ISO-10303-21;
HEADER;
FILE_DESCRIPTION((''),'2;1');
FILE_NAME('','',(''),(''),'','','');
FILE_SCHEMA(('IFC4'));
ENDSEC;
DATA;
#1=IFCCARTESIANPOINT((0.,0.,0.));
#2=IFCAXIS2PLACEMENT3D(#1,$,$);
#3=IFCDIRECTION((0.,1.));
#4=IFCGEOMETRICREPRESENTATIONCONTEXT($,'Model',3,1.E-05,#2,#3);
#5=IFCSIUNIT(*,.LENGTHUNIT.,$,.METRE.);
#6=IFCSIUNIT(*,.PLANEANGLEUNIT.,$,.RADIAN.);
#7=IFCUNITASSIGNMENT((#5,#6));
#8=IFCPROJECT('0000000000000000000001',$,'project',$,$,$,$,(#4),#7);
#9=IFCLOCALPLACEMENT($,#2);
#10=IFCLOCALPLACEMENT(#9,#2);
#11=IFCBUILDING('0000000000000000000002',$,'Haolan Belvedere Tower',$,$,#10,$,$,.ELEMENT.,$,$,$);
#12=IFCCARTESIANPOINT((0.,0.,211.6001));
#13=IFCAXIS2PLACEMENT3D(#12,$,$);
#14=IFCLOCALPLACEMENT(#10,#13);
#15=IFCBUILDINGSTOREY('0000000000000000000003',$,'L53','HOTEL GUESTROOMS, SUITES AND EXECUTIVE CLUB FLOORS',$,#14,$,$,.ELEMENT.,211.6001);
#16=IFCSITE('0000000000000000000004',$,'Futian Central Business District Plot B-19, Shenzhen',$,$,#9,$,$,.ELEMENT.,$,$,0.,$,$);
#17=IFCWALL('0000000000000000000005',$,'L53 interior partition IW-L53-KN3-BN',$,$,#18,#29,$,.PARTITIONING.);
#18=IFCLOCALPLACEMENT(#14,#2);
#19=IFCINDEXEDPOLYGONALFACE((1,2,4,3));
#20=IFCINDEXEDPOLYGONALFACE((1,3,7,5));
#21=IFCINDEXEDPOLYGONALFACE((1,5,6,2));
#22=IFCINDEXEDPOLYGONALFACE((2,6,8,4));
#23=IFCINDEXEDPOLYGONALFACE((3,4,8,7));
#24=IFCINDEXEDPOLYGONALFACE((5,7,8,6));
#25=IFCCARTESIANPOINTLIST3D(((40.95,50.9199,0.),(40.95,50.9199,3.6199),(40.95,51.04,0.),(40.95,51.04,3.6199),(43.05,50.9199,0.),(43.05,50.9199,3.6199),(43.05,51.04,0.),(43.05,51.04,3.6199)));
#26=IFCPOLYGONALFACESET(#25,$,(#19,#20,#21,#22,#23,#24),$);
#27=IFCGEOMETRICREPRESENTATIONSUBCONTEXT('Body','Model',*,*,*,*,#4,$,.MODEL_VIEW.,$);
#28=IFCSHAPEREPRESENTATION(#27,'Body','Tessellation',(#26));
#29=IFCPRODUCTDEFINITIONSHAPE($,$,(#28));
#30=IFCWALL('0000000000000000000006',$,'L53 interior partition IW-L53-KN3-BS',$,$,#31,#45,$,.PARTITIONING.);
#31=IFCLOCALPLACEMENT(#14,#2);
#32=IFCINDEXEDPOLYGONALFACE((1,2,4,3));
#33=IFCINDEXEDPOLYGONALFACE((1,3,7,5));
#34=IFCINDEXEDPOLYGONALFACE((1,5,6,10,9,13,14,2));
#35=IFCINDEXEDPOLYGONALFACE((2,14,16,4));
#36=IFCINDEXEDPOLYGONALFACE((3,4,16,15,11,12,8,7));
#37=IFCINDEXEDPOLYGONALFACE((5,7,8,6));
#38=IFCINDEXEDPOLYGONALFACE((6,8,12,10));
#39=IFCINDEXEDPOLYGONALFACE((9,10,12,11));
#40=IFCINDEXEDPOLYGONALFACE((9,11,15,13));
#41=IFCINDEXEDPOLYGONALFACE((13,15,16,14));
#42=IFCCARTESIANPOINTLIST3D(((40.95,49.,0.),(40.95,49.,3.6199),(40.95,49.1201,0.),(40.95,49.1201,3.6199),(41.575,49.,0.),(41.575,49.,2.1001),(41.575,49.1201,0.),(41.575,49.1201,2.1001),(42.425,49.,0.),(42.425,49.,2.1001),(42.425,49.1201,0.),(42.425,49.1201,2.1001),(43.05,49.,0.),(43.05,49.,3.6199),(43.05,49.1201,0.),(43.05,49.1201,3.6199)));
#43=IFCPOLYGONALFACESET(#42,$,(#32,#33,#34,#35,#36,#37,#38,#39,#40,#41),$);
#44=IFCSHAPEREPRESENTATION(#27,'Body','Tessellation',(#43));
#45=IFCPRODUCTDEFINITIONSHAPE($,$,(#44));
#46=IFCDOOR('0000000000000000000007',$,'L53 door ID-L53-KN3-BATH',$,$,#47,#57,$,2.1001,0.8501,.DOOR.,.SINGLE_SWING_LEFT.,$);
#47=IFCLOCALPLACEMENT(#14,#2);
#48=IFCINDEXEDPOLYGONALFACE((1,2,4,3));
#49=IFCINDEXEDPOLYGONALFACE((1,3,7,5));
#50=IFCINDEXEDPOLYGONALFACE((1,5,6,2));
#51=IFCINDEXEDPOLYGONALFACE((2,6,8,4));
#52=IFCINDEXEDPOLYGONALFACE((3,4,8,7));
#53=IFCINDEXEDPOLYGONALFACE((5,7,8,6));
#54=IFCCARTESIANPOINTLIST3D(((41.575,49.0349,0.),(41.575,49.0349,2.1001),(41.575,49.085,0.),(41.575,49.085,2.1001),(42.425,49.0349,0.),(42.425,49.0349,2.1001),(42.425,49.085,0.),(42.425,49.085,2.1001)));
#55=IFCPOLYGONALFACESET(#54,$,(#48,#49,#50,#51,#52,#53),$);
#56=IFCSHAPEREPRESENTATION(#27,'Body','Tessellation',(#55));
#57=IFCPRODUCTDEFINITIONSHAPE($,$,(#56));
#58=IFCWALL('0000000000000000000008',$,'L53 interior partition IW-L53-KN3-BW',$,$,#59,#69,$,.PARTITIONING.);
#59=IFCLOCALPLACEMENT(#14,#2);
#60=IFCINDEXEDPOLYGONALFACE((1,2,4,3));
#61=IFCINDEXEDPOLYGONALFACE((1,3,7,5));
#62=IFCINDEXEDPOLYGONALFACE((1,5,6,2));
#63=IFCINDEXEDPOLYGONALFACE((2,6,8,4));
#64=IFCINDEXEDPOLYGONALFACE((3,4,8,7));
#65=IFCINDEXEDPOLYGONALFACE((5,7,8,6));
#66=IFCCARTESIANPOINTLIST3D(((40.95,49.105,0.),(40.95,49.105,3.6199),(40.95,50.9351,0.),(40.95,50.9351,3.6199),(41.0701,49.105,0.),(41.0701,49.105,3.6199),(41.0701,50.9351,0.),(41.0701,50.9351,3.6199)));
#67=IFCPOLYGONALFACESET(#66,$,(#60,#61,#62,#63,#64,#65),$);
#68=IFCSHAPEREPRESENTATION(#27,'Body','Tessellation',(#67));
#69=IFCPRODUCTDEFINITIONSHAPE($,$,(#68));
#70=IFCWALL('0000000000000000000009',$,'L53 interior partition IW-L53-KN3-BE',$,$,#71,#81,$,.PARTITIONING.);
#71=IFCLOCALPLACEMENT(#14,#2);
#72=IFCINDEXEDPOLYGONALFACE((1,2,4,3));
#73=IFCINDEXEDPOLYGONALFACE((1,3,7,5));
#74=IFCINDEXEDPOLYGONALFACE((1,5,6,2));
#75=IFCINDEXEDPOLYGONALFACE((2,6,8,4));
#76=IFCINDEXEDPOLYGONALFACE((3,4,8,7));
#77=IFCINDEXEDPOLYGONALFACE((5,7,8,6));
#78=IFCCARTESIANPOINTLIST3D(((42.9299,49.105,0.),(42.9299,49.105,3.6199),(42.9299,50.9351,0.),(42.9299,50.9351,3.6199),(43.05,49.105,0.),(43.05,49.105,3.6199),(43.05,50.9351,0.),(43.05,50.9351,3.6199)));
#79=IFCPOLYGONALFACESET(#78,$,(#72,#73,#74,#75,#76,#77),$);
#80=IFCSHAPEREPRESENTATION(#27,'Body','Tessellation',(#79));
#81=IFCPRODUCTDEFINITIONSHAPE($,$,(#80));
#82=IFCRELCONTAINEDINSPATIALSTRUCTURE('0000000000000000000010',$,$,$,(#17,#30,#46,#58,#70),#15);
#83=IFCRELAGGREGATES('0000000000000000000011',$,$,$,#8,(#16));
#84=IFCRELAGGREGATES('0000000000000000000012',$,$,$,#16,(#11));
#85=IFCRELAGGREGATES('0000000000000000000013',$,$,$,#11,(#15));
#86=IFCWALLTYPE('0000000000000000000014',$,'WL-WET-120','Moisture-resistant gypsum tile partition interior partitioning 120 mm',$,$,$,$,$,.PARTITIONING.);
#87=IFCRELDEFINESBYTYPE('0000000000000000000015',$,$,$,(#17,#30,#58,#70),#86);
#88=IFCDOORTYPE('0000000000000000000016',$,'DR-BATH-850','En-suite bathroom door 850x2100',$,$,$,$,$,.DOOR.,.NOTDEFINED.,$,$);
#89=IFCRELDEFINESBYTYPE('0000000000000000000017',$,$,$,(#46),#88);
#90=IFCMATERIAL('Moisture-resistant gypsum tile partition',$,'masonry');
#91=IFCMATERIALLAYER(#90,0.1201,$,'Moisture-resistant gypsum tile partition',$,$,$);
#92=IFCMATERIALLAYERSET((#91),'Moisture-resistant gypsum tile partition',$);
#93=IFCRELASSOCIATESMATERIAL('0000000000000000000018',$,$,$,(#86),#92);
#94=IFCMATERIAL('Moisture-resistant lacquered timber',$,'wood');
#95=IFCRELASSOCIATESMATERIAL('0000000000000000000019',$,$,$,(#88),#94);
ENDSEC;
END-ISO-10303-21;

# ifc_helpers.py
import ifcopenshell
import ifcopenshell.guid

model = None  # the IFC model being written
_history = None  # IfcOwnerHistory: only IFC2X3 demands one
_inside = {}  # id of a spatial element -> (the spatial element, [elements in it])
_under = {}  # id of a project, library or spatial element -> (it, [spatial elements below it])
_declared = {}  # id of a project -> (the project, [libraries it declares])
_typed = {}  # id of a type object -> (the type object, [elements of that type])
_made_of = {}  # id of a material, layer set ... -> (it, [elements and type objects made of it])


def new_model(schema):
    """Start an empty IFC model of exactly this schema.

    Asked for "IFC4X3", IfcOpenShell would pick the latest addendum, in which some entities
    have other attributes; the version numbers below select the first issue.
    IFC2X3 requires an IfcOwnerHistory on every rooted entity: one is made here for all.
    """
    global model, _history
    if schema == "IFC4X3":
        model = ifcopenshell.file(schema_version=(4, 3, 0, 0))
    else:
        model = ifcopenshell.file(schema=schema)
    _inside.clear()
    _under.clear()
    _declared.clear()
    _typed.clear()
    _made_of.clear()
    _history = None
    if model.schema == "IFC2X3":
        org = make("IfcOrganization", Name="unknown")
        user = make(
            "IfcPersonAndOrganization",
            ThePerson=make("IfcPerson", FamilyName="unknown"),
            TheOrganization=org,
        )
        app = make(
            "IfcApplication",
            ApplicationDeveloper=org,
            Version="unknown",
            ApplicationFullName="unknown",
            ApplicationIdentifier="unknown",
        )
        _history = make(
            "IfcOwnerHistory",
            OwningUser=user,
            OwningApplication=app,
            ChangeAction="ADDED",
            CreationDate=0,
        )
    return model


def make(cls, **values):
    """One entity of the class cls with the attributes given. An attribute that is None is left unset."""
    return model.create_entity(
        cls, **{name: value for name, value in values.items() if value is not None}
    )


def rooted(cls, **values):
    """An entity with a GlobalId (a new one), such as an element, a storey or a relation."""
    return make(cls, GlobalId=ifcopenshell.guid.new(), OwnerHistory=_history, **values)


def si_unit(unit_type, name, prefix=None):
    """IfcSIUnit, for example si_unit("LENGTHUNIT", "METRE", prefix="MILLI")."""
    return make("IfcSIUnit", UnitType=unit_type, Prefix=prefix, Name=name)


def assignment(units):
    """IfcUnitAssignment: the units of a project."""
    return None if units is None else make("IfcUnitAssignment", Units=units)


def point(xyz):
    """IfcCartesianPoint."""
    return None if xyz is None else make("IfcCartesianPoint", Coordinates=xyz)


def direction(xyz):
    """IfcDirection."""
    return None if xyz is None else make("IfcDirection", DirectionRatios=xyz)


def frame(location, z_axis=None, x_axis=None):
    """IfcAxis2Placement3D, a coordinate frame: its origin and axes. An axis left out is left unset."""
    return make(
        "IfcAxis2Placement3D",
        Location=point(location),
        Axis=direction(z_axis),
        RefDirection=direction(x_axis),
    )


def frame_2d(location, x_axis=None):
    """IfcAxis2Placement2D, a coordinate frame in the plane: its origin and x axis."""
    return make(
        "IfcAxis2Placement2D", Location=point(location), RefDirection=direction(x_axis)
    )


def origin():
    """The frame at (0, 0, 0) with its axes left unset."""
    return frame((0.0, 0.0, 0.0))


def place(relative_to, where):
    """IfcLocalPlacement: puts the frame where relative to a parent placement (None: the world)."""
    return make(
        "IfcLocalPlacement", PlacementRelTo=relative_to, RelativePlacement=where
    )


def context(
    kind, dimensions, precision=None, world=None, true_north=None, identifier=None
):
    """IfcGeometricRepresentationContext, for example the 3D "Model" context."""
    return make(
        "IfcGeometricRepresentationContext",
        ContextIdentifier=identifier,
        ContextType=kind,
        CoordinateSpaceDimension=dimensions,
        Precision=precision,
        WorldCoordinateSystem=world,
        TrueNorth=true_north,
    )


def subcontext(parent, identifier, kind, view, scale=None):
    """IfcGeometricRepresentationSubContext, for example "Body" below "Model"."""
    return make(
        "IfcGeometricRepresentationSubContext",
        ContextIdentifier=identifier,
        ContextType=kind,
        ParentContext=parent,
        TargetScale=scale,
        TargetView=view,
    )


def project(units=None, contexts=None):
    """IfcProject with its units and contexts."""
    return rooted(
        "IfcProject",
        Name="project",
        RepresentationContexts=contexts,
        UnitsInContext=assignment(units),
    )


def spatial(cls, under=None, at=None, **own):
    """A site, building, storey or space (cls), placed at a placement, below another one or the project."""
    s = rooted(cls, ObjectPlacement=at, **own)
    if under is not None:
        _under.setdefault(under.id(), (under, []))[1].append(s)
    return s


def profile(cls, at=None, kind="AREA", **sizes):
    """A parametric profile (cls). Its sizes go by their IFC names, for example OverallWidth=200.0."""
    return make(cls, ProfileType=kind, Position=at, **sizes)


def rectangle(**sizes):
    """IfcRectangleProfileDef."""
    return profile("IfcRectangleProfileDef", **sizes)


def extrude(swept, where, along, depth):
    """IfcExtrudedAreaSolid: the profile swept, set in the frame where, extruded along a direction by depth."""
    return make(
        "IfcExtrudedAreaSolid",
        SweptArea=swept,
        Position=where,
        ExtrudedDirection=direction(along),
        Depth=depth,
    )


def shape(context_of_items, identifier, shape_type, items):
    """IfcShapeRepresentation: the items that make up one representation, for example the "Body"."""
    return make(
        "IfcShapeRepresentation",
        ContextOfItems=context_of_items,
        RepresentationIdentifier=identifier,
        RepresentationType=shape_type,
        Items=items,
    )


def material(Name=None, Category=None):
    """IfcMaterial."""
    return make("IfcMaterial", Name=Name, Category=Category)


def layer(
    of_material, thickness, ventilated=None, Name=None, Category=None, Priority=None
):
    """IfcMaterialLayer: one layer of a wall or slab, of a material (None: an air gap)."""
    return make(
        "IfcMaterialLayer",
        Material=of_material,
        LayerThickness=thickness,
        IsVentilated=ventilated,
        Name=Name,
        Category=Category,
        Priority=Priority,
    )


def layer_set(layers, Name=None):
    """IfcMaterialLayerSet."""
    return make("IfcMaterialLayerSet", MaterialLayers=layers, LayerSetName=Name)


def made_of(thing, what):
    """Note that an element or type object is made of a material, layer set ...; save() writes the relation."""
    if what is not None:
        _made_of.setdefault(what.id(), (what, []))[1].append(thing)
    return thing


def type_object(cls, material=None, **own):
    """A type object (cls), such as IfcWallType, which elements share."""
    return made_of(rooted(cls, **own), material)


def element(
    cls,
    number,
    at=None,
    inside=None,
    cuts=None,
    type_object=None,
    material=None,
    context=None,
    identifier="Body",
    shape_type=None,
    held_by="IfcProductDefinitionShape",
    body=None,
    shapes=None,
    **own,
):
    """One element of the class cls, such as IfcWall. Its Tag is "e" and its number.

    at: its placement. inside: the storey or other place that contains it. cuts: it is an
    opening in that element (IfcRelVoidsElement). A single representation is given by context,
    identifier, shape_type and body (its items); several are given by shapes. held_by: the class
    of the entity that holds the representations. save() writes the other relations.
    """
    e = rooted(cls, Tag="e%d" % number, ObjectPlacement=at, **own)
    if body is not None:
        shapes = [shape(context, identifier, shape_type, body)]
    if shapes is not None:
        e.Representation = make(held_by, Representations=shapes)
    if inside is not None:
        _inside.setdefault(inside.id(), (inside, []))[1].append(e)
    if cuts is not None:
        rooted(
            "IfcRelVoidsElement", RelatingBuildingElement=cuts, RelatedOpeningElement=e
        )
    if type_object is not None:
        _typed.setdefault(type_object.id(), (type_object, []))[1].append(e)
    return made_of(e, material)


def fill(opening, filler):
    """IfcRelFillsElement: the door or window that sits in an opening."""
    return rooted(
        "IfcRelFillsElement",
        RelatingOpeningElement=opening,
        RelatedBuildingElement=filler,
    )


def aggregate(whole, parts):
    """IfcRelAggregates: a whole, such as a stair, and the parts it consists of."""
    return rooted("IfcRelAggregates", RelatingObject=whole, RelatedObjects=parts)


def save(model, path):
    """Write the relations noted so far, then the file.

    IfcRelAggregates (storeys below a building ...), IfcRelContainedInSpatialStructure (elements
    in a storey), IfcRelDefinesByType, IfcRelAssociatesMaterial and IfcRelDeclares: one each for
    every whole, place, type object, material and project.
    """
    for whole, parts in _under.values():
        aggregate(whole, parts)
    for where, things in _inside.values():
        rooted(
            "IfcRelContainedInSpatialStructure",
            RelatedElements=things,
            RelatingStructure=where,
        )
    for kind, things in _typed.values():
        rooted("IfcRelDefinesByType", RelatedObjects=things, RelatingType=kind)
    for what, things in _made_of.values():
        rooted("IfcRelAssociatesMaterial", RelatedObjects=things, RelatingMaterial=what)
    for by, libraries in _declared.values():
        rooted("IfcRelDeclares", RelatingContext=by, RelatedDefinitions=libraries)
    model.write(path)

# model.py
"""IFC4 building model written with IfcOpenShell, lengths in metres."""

from ifc_helpers import new_model, si_unit, direction, frame, frame_2d, origin, place, context, subcontext, project, spatial, rectangle, extrude, material, layer, layer_set, type_object, element, fill, save


model = new_model("IFC4")

# Units and contexts
model_context = context("Model", 3, precision=1e-05, world=origin(), true_north=direction((0.0, 1.0)))
body_context = subcontext(model_context, "Body", "Model", "MODEL_VIEW")
ifc_project = project(units=[si_unit("LENGTHUNIT", "METRE"), si_unit("PLANEANGLEUNIT", "RADIAN")], contexts=[model_context])

# Site, building, storey
site_placement = place(None, origin())
site = spatial("IfcSite", under=ifc_project, at=site_placement, Name="Futian Central Business District Plot B-19, Shenzhen", CompositionType="ELEMENT", RefElevation=0.0)
building_placement = place(site_placement, origin())
building = spatial("IfcBuilding", under=site, at=building_placement, Name="Haolan Belvedere Tower", CompositionType="ELEMENT")
storey_placement = place(building_placement, frame((0.0, 0.0, 211.6001)))
storey = spatial("IfcBuildingStorey", under=building, at=storey_placement, Name="L53", Description="HOTEL GUESTROOMS, SUITES AND EXECUTIVE CLUB FLOORS", CompositionType="ELEMENT", Elevation=211.6001)

# Wall
ifc_material_1 = material(Name="Moisture-resistant gypsum tile partition", Category="masonry")
ifc_layer_1 = layer(ifc_material_1, 0.1201, Name="Moisture-resistant gypsum tile partition")
ifc_layer_set_1 = layer_set([ifc_layer_1], Name="Moisture-resistant gypsum tile partition")
wall_type_1 = type_object("IfcWallType", Name="WL-WET-120", Description="Moisture-resistant gypsum tile partition interior partitioning 120 mm", PredefinedType="PARTITIONING", material=ifc_layer_set_1)
wall_1_placement = place(storey_placement, frame((40.95, 50.98, 0.0), z_axis=(0.0, 0.0, 1.0), x_axis=(1.0, 0.0, 0.0)))
element("IfcWall", 1, at=wall_1_placement, inside=storey, type_object=wall_type_1, Name="L53 interior partition IW-L53-KN3-BN", PredefinedType="PARTITIONING", context=body_context, shape_type="SweptSolid", body=[
    extrude(rectangle(XDim=2.1001, YDim=0.1201, at=frame_2d((1.05, 0.0))), origin(), (0.0, 0.0, 1.0), 3.6199),
])

# Wall, opening, door
wall_2_placement = place(storey_placement, frame((40.95, 49.0601, 0.0), z_axis=(0.0, 0.0, 1.0), x_axis=(1.0, 0.0, 0.0)))
wall_2 = element("IfcWall", 2, at=wall_2_placement, inside=storey, type_object=wall_type_1, Name="L53 interior partition IW-L53-KN3-BS", PredefinedType="PARTITIONING", context=body_context, shape_type="SweptSolid", body=[
    extrude(rectangle(XDim=2.1001, YDim=0.1201, at=frame_2d((1.05, 0.0))), origin(), (0.0, 0.0, 1.0), 3.6199),
])
opening_1_placement = place(wall_2_placement, frame((0.625, 0.0, 0.0)))
opening_1 = element("IfcOpeningElement", 3, at=opening_1_placement, cuts=wall_2, PredefinedType="OPENING", context=body_context, shape_type="SweptSolid", body=[
    extrude(rectangle(XDim=0.8501, YDim=2.1001, at=frame_2d((0.425, 1.05))), frame((0.0, 0.0701, 0.0), z_axis=(0.0, -1.0, 0.0), x_axis=(1.0, 0.0, 0.0)), (0.0, 0.0, 1.0), 0.1401),
])
ifc_material_2 = material(Name="Moisture-resistant lacquered timber", Category="wood")
door_type = type_object("IfcDoorType", Name="DR-BATH-850", Description="En-suite bathroom door 850x2100", OperationType="NOTDEFINED", PredefinedType="DOOR", material=ifc_material_2)
door_placement = place(opening_1_placement, origin())
door = element("IfcDoor", 4, at=door_placement, inside=storey, type_object=door_type, Name="L53 door ID-L53-KN3-BATH", OperationType="SINGLE_SWING_LEFT", OverallHeight=2.1001, OverallWidth=0.8501, PredefinedType="DOOR", context=body_context, shape_type="SweptSolid", body=[
    extrude(rectangle(XDim=0.8501, YDim=2.1001, at=frame_2d((0.425, 1.05))), frame((0.0, 0.0249, 0.0), z_axis=(0.0, -1.0, 0.0), x_axis=(1.0, 0.0, 0.0)), (0.0, 0.0, 1.0), 0.05),
])
fill(opening_1, door)

# Walls
for number, where, z_axis, x_axis, name in (
    (5, (41.01, 49.105, 0.0), (0.0, 0.0, 1.0), (0.0, 1.0, 0.0), "L53 interior partition IW-L53-KN3-BW"),
    (6, (42.99, 49.105, 0.0), (0.0, 0.0, 1.0), (0.0, 1.0, 0.0), "L53 interior partition IW-L53-KN3-BE"),
):
    element("IfcWall", number, at=place(storey_placement, frame(where, z_axis=z_axis, x_axis=x_axis)), inside=storey, type_object=wall_type_1, Name=name, PredefinedType="PARTITIONING", context=body_context, shape_type="SweptSolid", body=[
        extrude(rectangle(XDim=1.8301, YDim=0.1201, at=frame_2d((0.915, 0.0))), origin(), (0.0, 0.0, 1.0), 3.6199),
    ])

save(model, "model.ifc")
